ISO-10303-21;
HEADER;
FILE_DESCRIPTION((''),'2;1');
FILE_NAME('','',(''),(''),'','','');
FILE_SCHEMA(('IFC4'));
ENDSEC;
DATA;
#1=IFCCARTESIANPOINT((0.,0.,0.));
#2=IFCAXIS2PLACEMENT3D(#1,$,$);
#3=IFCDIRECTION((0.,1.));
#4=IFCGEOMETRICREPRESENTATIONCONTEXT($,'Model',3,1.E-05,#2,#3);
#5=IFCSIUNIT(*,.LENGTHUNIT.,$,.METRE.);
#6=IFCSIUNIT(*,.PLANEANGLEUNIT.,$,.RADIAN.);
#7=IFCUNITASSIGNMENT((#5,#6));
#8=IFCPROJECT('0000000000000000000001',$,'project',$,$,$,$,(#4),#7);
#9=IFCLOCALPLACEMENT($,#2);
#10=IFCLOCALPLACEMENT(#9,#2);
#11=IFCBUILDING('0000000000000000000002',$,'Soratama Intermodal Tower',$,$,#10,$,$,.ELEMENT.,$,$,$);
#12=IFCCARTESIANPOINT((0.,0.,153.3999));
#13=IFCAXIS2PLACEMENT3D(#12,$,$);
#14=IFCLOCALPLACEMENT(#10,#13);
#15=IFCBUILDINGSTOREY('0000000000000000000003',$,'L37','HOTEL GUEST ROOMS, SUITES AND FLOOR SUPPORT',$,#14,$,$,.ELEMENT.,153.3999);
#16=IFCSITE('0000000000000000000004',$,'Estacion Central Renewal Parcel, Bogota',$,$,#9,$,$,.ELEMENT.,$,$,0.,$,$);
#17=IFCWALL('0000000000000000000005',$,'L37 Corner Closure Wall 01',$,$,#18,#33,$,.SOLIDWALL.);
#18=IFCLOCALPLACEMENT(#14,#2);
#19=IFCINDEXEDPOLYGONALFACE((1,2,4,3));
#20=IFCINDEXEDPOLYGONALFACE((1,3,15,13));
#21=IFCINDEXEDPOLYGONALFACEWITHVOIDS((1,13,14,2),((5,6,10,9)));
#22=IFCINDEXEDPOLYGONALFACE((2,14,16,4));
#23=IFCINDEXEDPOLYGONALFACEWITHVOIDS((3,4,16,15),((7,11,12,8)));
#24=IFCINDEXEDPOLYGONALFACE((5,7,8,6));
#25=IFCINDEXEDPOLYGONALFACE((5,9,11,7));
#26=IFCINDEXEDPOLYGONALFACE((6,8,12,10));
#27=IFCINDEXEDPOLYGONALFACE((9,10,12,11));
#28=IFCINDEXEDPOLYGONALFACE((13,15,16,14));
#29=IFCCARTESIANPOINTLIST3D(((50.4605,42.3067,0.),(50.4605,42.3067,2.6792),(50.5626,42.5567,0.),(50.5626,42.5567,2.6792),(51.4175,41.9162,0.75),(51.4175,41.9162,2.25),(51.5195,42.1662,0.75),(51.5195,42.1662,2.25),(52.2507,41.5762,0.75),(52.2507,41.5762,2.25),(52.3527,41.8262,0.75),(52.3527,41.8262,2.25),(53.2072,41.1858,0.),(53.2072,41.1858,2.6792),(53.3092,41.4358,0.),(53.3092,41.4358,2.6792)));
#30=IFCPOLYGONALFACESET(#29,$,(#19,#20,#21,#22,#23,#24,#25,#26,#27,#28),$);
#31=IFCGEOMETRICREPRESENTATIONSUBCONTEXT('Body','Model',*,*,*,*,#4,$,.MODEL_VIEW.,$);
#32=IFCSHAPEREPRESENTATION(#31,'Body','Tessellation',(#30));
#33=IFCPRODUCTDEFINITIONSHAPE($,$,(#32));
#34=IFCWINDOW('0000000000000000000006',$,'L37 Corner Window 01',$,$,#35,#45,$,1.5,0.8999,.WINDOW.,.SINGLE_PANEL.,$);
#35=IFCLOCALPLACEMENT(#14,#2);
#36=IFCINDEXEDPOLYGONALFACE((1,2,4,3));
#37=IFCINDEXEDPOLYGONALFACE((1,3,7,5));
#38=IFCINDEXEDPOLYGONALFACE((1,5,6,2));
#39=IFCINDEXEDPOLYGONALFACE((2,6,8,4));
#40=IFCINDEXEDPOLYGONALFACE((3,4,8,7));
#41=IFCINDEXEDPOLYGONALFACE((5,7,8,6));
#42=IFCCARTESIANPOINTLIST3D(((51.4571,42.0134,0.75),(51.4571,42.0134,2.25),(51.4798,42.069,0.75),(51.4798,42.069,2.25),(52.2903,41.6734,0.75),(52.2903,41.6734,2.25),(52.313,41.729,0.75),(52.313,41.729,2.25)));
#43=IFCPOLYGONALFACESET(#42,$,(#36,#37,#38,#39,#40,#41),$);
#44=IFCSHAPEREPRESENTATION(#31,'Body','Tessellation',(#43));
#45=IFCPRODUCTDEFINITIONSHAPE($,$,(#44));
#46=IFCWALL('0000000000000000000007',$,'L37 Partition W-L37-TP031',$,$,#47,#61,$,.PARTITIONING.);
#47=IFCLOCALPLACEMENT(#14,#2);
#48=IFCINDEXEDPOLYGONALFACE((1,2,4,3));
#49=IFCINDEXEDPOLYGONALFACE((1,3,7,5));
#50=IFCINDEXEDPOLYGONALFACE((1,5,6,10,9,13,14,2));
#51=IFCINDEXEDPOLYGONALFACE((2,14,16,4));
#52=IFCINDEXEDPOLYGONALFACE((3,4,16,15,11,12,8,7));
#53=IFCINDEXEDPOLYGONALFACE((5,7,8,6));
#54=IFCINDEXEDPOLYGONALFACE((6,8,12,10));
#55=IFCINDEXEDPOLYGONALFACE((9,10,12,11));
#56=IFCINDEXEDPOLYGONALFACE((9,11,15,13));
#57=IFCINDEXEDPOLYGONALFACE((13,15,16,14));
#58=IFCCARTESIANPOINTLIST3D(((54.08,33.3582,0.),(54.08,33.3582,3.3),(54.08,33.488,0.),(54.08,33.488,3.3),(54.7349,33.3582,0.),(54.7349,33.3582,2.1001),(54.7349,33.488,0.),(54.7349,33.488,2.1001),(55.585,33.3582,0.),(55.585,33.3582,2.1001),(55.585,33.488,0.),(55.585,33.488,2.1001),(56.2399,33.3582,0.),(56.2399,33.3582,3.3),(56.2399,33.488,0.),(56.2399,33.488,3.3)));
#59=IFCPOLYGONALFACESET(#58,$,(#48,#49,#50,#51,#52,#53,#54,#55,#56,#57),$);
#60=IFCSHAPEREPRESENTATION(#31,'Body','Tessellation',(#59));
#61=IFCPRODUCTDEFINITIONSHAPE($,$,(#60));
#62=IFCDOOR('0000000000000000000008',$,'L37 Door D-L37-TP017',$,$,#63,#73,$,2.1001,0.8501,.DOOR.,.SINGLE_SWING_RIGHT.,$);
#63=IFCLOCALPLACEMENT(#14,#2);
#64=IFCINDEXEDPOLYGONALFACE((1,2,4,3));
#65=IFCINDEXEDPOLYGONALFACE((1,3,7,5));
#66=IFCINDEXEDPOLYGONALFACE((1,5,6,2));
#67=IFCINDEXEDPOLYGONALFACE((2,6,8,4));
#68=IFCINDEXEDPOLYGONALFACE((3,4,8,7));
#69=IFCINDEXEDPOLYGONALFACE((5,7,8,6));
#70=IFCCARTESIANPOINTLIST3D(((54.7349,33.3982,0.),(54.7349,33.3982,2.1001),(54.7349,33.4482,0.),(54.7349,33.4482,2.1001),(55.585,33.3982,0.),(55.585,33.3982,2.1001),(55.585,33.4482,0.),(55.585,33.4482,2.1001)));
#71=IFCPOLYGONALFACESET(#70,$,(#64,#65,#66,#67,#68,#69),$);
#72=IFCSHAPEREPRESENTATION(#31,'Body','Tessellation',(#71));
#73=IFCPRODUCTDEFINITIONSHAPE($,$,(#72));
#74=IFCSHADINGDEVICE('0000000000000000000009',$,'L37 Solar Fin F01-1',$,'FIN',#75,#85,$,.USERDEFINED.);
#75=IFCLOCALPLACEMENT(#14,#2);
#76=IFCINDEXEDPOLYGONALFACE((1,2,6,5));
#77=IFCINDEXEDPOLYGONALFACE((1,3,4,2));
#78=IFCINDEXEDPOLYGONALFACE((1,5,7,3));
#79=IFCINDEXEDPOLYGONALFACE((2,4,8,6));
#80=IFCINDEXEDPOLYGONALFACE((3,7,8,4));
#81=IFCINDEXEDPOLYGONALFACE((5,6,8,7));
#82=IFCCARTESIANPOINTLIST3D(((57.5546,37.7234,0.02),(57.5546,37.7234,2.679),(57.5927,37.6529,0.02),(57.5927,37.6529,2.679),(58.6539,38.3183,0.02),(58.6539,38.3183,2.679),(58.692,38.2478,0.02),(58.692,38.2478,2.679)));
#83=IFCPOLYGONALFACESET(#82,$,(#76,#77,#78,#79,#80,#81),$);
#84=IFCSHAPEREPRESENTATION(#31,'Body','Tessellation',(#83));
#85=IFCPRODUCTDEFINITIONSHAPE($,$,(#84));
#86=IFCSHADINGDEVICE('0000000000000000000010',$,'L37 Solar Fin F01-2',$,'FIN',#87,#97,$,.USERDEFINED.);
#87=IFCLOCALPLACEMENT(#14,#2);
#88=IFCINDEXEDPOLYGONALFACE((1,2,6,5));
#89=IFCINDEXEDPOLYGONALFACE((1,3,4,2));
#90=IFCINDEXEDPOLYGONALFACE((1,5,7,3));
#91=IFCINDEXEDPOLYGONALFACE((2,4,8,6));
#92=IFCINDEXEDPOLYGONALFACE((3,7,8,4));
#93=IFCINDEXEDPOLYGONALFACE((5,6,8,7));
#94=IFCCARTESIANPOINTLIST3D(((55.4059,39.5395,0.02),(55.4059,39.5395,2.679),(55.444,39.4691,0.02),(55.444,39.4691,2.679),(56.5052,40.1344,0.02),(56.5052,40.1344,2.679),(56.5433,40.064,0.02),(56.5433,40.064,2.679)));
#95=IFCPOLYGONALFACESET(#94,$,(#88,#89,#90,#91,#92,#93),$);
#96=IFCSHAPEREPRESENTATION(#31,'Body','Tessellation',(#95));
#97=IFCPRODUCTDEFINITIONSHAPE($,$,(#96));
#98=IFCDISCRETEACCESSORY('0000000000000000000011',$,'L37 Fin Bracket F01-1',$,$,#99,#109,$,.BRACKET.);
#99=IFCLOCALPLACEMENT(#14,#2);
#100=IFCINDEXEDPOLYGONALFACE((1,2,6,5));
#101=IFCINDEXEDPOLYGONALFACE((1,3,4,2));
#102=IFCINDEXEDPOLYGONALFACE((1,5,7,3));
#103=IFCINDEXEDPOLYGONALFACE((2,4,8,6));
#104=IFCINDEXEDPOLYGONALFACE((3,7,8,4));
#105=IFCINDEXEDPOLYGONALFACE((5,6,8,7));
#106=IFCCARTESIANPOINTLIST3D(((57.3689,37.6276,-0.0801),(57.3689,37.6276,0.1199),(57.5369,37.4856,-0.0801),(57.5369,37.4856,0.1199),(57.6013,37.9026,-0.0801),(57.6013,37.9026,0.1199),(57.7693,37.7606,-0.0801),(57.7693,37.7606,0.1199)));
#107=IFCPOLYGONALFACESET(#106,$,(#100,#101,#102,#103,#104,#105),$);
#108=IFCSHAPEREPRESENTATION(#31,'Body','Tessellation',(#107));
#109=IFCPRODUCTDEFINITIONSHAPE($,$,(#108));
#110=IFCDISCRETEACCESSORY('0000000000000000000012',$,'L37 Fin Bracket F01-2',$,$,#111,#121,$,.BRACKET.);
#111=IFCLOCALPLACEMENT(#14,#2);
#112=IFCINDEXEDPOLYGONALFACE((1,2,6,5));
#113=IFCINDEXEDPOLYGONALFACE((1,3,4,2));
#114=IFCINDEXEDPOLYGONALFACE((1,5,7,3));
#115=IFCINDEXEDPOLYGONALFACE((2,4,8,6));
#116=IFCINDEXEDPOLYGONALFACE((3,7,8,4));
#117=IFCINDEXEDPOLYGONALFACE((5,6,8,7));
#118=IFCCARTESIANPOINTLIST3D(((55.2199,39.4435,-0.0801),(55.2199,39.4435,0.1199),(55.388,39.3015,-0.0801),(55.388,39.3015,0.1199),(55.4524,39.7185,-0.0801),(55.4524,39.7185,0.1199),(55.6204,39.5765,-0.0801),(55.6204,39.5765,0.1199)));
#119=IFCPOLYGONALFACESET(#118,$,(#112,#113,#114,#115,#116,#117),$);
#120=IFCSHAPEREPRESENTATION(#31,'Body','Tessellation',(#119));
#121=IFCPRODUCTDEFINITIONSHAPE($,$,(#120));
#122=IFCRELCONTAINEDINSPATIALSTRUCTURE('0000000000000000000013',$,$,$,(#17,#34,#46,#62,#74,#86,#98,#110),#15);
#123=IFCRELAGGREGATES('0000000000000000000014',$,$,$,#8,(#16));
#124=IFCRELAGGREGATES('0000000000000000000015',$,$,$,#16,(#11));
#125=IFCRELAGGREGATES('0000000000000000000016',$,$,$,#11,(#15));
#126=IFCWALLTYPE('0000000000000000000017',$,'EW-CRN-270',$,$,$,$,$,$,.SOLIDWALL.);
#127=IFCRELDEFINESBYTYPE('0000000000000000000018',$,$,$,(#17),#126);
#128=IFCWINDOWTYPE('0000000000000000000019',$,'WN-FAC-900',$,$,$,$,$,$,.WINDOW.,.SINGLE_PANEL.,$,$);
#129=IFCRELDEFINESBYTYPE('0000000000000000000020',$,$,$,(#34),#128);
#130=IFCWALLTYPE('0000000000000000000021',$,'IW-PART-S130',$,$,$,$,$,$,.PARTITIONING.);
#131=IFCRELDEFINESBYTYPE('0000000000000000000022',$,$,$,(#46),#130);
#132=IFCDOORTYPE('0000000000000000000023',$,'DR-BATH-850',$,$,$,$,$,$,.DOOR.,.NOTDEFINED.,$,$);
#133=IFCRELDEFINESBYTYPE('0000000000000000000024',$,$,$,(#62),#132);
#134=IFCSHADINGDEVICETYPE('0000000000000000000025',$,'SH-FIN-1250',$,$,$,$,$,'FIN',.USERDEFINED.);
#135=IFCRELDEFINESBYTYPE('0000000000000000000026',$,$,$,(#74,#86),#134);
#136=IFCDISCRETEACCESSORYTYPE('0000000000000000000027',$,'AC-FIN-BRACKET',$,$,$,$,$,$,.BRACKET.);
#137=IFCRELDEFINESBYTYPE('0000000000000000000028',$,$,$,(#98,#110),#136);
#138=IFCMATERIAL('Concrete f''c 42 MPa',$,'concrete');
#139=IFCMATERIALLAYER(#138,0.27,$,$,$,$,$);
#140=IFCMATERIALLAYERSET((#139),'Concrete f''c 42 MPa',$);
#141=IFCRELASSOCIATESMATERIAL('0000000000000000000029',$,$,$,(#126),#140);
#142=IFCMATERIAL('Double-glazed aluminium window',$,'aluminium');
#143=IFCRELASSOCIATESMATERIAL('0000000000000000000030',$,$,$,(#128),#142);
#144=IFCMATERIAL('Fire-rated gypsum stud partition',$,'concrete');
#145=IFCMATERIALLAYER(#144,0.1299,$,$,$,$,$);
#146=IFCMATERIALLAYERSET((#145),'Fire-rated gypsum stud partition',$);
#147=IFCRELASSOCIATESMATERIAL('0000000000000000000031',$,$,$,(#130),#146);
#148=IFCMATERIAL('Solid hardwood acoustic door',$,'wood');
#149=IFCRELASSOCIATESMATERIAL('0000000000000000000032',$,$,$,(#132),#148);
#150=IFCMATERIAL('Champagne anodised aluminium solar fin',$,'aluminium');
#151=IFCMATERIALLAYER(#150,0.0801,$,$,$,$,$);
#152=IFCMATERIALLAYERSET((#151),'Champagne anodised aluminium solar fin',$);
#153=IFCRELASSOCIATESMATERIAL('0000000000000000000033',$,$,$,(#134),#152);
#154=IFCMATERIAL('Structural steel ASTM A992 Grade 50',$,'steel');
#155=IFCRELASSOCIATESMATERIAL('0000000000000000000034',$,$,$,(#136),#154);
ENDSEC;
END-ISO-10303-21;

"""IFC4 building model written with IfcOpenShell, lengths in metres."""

from ifc_helpers import new_model, si_unit, direction, frame, frame_2d, origin, origin_2d, place, context, subcontext, project, spatial, rectangle, extrude, material, layer, layer_set, type_object, element, fill, save


model = new_model("IFC4")

# Units and contexts
model_context = context("Model", 3, precision=1e-05, world=origin(), true_north=direction((0.0, 1.0)))
body_context = subcontext(model_context, "Body", "Model", "MODEL_VIEW")
ifc_project = project(units=[si_unit("LENGTHUNIT", "METRE"), si_unit("PLANEANGLEUNIT", "RADIAN")], contexts=[model_context])

# Site, building, storey
site_placement = place(None, origin())
site = spatial("IfcSite", under=ifc_project, at=site_placement, Name="Estacion Central Renewal Parcel, Bogota", CompositionType="ELEMENT", RefElevation=0.0)
building_placement = place(site_placement, origin())
building = spatial("IfcBuilding", under=site, at=building_placement, Name="Soratama Intermodal Tower", CompositionType="ELEMENT")
storey_placement = place(building_placement, frame((0.0, 0.0, 153.3999)))
storey = spatial("IfcBuildingStorey", under=building, at=storey_placement, Name="L37", Description="HOTEL GUEST ROOMS, SUITES AND FLOOR SUPPORT", CompositionType="ELEMENT", Elevation=153.3999)

# Wall, opening, window
ifc_material_1 = material(Name="Concrete f'c 42 MPa", Category="concrete")
ifc_layer_1 = layer(ifc_material_1, 0.27)
ifc_layer_set_1 = layer_set([ifc_layer_1], Name="Concrete f'c 42 MPa")
wall_type_1 = type_object("IfcWallType", Name="EW-CRN-270", PredefinedType="SOLIDWALL", material=ifc_layer_set_1)
wall_1_placement = place(storey_placement, frame((53.2583, 41.3108, 0.0), z_axis=(0.0, 0.0, 1.0), x_axis=(-0.925872, 0.377838, 0.0)))
wall_1 = element("IfcWall", 1, at=wall_1_placement, inside=storey, type_object=wall_type_1, Name="L37 Corner Closure Wall 01", PredefinedType="SOLIDWALL", context=body_context, shape_type="SweptSolid", body=[
    extrude(rectangle(XDim=2.9666, YDim=0.27, at=frame_2d((1.4834, 0.0))), origin(), (0.0, 0.0, 1.0), 2.6792),
])
opening_1_placement = place(wall_1_placement, frame((1.0332, 0.0, 0.75)))
opening_1 = element("IfcOpeningElement", 2, at=opening_1_placement, cuts=wall_1, PredefinedType="OPENING", context=body_context, shape_type="SweptSolid", body=[
    extrude(rectangle(XDim=0.8999, YDim=1.5, at=frame_2d((0.45, 0.75))), frame((0.0, 0.145, 0.0), z_axis=(0.0, -1.0, 0.0), x_axis=(1.0, 0.0, 0.0)), (0.0, 0.0, 1.0), 0.29),
])
ifc_material_2 = material(Name="Double-glazed aluminium window", Category="aluminium")
window_type = type_object("IfcWindowType", Name="WN-FAC-900", PartitioningType="SINGLE_PANEL", PredefinedType="WINDOW", material=ifc_material_2)
window_placement = place(opening_1_placement, origin())
window = element("IfcWindow", 3, at=window_placement, inside=storey, type_object=window_type, Name="L37 Corner Window 01", OverallHeight=1.5, OverallWidth=0.8999, PartitioningType="SINGLE_PANEL", PredefinedType="WINDOW", context=body_context, shape_type="SweptSolid", body=[
    extrude(rectangle(XDim=0.8999, YDim=1.5, at=frame_2d((0.45, 0.75))), frame((0.0, 0.03, 0.0), z_axis=(0.0, -1.0, 0.0), x_axis=(1.0, 0.0, 0.0)), (0.0, 0.0, 1.0), 0.0601),
])
fill(opening_1, window)

# Wall, opening, door
ifc_material_3 = material(Name="Fire-rated gypsum stud partition", Category="concrete")
ifc_layer_2 = layer(ifc_material_3, 0.1299)
ifc_layer_set_2 = layer_set([ifc_layer_2], Name="Fire-rated gypsum stud partition")
wall_type_2 = type_object("IfcWallType", Name="IW-PART-S130", PredefinedType="PARTITIONING", material=ifc_layer_set_2)
wall_2_placement = place(storey_placement, frame((56.24, 33.4231, 0.0), z_axis=(0.0, 0.0, 1.0), x_axis=(-1.0, 0.0, 0.0)))
wall_2 = element("IfcWall", 4, at=wall_2_placement, inside=storey, type_object=wall_type_2, Name="L37 Partition W-L37-TP031", PredefinedType="PARTITIONING", context=body_context, shape_type="SweptSolid", body=[
    extrude(rectangle(XDim=2.1599, YDim=0.1299, at=frame_2d((1.0801, 0.0))), origin(), (0.0, 0.0, 1.0), 3.3),
])
opening_2_placement = place(wall_2_placement, frame((0.655, 0.0, 0.0)))
opening_2 = element("IfcOpeningElement", 5, at=opening_2_placement, cuts=wall_2, PredefinedType="OPENING", context=body_context, shape_type="SweptSolid", body=[
    extrude(rectangle(XDim=0.8501, YDim=2.1001, at=frame_2d((0.425, 1.05))), frame((0.0, 0.075, 0.0), z_axis=(0.0, -1.0, 0.0), x_axis=(1.0, 0.0, 0.0)), (0.0, 0.0, 1.0), 0.1499),
])
ifc_material_4 = material(Name="Solid hardwood acoustic door", Category="wood")
door_type = type_object("IfcDoorType", Name="DR-BATH-850", OperationType="NOTDEFINED", PredefinedType="DOOR", material=ifc_material_4)
door_placement = place(opening_2_placement, origin())
door = element("IfcDoor", 6, at=door_placement, inside=storey, type_object=door_type, Name="L37 Door D-L37-TP017", OperationType="SINGLE_SWING_RIGHT", OverallHeight=2.1001, OverallWidth=0.8501, PredefinedType="DOOR", context=body_context, shape_type="SweptSolid", body=[
    extrude(rectangle(XDim=0.8501, YDim=2.1001, at=frame_2d((0.425, 1.05))), frame((0.0, 0.0249, 0.0), z_axis=(0.0, -1.0, 0.0), x_axis=(1.0, 0.0, 0.0)), (0.0, 0.0, 1.0), 0.05),
])
fill(opening_2, door)

# Shading devices
ifc_material_5 = material(Name="Champagne anodised aluminium solar fin", Category="aluminium")
ifc_layer_3 = layer(ifc_material_5, 0.0801)
ifc_layer_set_3 = layer_set([ifc_layer_3], Name="Champagne anodised aluminium solar fin")
shading_device_type = type_object("IfcShadingDeviceType", Name="SH-FIN-1250", ElementType="FIN", PredefinedType="USERDEFINED", material=ifc_layer_set_3)
for number, where, z_axis, x_axis, name in (
    (7, (58.1233, 37.9856, 0.02), (0.0, 0.0, 1.0), (0.879482, 0.475931, 0.0), "L37 Solar Fin F01-1"),
    (8, (55.9746, 39.8018, 0.02), (0.0, 0.0, 1.0), (0.879482, 0.475931, 0.0), "L37 Solar Fin F01-2"),
):
    element("IfcShadingDevice", number, at=place(storey_placement, frame(where, z_axis=z_axis, x_axis=x_axis)), inside=storey, type_object=shading_device_type, Name=name, ObjectType="FIN", PredefinedType="USERDEFINED", context=body_context, shape_type="SweptSolid", body=[
        extrude(rectangle(XDim=1.25, YDim=0.0801, at=origin_2d()), origin(), (0.0, 0.0, 1.0), 2.6589),
    ])

# Discrete accessories
ifc_material_6 = material(Name="Structural steel ASTM A992 Grade 50", Category="steel")
discrete_accessory_type = type_object("IfcDiscreteAccessoryType", Name="AC-FIN-BRACKET", PredefinedType="BRACKET", material=ifc_material_6)
for number, where, z_axis, x_axis, name in (
    (9, (57.5691, 37.6941, -0.0801), (0.0, 0.0, 1.0), (0.645458, 0.763796, 0.0), "L37 Fin Bracket F01-1"),
    (10, (55.4202, 39.51, -0.0801), (0.0, 0.0, 1.0), (0.645458, 0.763796, 0.0), "L37 Fin Bracket F01-2"),
):
    element("IfcDiscreteAccessory", number, at=place(storey_placement, frame(where, z_axis=z_axis, x_axis=x_axis)), inside=storey, type_object=discrete_accessory_type, Name=name, PredefinedType="BRACKET", context=body_context, shape_type="SweptSolid", body=[
        extrude(rectangle(XDim=0.3601, YDim=0.22, at=origin_2d()), origin(), (0.0, 0.0, 1.0), 0.2),
    ])

save(model, "model.ifc")
